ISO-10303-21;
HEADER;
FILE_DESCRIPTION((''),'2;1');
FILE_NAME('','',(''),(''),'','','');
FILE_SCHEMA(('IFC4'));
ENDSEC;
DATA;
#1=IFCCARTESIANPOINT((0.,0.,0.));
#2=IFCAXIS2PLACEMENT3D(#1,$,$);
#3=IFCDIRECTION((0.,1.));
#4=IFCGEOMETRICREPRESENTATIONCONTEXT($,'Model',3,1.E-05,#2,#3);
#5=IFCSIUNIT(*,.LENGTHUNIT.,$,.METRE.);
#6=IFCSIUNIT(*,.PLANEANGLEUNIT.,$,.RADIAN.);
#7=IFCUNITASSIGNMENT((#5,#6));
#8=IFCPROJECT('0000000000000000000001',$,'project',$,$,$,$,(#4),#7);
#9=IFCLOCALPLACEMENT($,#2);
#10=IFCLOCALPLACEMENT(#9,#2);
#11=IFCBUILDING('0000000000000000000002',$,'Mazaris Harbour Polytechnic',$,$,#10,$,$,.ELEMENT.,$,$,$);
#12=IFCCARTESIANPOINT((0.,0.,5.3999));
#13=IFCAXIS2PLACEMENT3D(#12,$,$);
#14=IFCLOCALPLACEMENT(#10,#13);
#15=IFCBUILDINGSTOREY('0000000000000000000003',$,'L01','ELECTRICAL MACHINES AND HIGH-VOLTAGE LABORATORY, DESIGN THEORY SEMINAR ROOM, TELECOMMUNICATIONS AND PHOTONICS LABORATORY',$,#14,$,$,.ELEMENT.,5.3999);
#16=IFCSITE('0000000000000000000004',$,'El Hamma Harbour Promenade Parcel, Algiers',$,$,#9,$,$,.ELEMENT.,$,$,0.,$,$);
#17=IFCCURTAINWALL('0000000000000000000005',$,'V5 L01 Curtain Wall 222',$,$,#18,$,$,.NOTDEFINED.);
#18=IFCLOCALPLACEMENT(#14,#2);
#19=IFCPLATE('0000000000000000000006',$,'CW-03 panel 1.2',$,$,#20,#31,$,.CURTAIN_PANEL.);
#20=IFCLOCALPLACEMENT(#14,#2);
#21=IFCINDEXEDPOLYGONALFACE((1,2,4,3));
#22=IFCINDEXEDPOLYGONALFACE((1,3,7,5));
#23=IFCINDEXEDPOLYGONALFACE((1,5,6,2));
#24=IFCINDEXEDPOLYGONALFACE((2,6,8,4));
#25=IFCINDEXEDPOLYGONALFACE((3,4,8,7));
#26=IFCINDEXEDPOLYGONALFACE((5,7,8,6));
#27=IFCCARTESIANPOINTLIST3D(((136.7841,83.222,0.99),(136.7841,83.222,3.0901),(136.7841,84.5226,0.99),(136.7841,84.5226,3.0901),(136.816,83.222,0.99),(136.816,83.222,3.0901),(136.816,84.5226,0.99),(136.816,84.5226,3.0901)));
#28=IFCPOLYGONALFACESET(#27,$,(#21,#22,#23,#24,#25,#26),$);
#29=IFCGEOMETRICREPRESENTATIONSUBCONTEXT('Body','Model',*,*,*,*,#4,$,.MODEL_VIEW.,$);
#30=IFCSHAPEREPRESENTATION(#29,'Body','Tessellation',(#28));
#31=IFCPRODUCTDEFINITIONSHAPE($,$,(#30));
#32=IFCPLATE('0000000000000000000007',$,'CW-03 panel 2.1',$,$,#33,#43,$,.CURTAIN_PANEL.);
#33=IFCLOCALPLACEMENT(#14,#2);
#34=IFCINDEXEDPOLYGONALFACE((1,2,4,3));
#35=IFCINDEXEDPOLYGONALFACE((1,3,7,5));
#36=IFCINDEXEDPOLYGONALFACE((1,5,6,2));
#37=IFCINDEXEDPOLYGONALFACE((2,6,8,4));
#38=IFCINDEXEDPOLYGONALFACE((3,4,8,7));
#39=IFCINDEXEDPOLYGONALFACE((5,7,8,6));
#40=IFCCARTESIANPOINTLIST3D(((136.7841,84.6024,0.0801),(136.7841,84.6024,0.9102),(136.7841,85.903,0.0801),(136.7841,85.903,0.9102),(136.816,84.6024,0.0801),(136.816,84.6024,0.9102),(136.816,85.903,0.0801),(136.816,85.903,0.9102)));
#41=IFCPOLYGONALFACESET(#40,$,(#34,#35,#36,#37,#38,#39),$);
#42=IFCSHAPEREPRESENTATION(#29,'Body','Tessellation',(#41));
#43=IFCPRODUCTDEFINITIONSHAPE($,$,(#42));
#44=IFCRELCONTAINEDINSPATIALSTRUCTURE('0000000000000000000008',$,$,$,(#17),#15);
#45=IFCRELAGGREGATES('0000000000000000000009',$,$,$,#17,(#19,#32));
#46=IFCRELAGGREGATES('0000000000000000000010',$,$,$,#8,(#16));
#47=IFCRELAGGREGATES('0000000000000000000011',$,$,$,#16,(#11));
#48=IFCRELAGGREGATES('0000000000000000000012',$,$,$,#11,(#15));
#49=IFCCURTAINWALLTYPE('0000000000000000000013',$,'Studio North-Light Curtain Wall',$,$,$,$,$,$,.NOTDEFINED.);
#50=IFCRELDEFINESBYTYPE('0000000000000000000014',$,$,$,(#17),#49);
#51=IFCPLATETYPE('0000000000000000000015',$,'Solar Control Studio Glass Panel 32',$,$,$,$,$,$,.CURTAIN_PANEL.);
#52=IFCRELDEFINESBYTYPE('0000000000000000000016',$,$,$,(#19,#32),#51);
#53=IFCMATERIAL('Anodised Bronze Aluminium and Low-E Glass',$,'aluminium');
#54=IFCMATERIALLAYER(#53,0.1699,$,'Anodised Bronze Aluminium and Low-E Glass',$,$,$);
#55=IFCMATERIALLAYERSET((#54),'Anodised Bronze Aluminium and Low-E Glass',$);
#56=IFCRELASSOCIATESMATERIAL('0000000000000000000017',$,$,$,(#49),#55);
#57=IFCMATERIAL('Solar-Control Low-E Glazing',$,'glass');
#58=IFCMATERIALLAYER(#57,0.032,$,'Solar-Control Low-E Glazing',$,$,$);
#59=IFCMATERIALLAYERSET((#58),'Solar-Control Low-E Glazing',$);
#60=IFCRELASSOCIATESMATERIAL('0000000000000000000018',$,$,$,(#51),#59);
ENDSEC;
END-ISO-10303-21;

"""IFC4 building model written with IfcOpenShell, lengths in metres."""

from ifc_helpers import new_model, si_unit, direction, frame, origin, origin_2d, place, context, subcontext, project, spatial, rectangle, extrude, material, layer, layer_set, type_object, element, aggregate, save


model = new_model("IFC4")

# Units and contexts
model_context = context("Model", 3, precision=1e-05, world=origin(), true_north=direction((0.0, 1.0)))
body_context = subcontext(model_context, "Body", "Model", "MODEL_VIEW")
ifc_project = project(units=[si_unit("LENGTHUNIT", "METRE"), si_unit("PLANEANGLEUNIT", "RADIAN")], contexts=[model_context])

# Site, building, storey
site_placement = place(None, origin())
site = spatial("IfcSite", under=ifc_project, at=site_placement, Name="El Hamma Harbour Promenade Parcel, Algiers", CompositionType="ELEMENT", RefElevation=0.0)
building_placement = place(site_placement, origin())
building = spatial("IfcBuilding", under=site, at=building_placement, Name="Mazaris Harbour Polytechnic", CompositionType="ELEMENT")
storey_placement = place(building_placement, frame((0.0, 0.0, 5.3999)))
storey = spatial("IfcBuildingStorey", under=building, at=storey_placement, Name="L01", Description="ELECTRICAL MACHINES AND HIGH-VOLTAGE LABORATORY, DESIGN THEORY SEMINAR ROOM, TELECOMMUNICATIONS AND PHOTONICS LABORATORY", CompositionType="ELEMENT", Elevation=5.3999)

# Curtain wall
ifc_material_1 = material(Name="Anodised Bronze Aluminium and Low-E Glass", Category="aluminium")
ifc_layer_1 = layer(ifc_material_1, 0.1699, Name="Anodised Bronze Aluminium and Low-E Glass")
ifc_layer_set_1 = layer_set([ifc_layer_1], Name="Anodised Bronze Aluminium and Low-E Glass")
curtain_wall_type = type_object("IfcCurtainWallType", Name="Studio North-Light Curtain Wall", PredefinedType="NOTDEFINED", material=ifc_layer_set_1)
curtain_wall_1_placement = place(storey_placement, origin())
curtain_wall_1 = element("IfcCurtainWall", 1, at=curtain_wall_1_placement, inside=storey, type_object=curtain_wall_type, Name="V5 L01 Curtain Wall 222", PredefinedType="NOTDEFINED")

# Plates
ifc_material_2 = material(Name="Solar-Control Low-E Glazing", Category="glass")
ifc_layer_2 = layer(ifc_material_2, 0.032, Name="Solar-Control Low-E Glazing")
ifc_layer_set_2 = layer_set([ifc_layer_2], Name="Solar-Control Low-E Glazing")
plate_type = type_object("IfcPlateType", Name="Solar Control Studio Glass Panel 32", PredefinedType="CURTAIN_PANEL", material=ifc_layer_set_2)
plate_1_placement = place(storey_placement, frame((136.8, 83.8723, 0.99), z_axis=(0.0, 0.0, 1.0), x_axis=(0.0, 1.0, 0.0)))
plate_1 = element("IfcPlate", 2, at=plate_1_placement, type_object=plate_type, Name="CW-03 panel 1.2", PredefinedType="CURTAIN_PANEL", context=body_context, shape_type="SweptSolid", body=[
    extrude(rectangle(XDim=1.3005, YDim=0.032, at=origin_2d()), origin(), (0.0, 0.0, 1.0), 2.1001),
])
plate_2_placement = place(storey_placement, frame((136.8, 85.2527, 0.0801), z_axis=(0.0, 0.0, 1.0), x_axis=(0.0, 1.0, 0.0)))
plate_2 = element("IfcPlate", 3, at=plate_2_placement, type_object=plate_type, Name="CW-03 panel 2.1", PredefinedType="CURTAIN_PANEL", context=body_context, shape_type="SweptSolid", body=[
    extrude(rectangle(XDim=1.3005, YDim=0.032, at=origin_2d()), origin(), (0.0, 0.0, 1.0), 0.8301),
])
aggregate(curtain_wall_1, [plate_1, plate_2])

save(model, "model.ifc")
